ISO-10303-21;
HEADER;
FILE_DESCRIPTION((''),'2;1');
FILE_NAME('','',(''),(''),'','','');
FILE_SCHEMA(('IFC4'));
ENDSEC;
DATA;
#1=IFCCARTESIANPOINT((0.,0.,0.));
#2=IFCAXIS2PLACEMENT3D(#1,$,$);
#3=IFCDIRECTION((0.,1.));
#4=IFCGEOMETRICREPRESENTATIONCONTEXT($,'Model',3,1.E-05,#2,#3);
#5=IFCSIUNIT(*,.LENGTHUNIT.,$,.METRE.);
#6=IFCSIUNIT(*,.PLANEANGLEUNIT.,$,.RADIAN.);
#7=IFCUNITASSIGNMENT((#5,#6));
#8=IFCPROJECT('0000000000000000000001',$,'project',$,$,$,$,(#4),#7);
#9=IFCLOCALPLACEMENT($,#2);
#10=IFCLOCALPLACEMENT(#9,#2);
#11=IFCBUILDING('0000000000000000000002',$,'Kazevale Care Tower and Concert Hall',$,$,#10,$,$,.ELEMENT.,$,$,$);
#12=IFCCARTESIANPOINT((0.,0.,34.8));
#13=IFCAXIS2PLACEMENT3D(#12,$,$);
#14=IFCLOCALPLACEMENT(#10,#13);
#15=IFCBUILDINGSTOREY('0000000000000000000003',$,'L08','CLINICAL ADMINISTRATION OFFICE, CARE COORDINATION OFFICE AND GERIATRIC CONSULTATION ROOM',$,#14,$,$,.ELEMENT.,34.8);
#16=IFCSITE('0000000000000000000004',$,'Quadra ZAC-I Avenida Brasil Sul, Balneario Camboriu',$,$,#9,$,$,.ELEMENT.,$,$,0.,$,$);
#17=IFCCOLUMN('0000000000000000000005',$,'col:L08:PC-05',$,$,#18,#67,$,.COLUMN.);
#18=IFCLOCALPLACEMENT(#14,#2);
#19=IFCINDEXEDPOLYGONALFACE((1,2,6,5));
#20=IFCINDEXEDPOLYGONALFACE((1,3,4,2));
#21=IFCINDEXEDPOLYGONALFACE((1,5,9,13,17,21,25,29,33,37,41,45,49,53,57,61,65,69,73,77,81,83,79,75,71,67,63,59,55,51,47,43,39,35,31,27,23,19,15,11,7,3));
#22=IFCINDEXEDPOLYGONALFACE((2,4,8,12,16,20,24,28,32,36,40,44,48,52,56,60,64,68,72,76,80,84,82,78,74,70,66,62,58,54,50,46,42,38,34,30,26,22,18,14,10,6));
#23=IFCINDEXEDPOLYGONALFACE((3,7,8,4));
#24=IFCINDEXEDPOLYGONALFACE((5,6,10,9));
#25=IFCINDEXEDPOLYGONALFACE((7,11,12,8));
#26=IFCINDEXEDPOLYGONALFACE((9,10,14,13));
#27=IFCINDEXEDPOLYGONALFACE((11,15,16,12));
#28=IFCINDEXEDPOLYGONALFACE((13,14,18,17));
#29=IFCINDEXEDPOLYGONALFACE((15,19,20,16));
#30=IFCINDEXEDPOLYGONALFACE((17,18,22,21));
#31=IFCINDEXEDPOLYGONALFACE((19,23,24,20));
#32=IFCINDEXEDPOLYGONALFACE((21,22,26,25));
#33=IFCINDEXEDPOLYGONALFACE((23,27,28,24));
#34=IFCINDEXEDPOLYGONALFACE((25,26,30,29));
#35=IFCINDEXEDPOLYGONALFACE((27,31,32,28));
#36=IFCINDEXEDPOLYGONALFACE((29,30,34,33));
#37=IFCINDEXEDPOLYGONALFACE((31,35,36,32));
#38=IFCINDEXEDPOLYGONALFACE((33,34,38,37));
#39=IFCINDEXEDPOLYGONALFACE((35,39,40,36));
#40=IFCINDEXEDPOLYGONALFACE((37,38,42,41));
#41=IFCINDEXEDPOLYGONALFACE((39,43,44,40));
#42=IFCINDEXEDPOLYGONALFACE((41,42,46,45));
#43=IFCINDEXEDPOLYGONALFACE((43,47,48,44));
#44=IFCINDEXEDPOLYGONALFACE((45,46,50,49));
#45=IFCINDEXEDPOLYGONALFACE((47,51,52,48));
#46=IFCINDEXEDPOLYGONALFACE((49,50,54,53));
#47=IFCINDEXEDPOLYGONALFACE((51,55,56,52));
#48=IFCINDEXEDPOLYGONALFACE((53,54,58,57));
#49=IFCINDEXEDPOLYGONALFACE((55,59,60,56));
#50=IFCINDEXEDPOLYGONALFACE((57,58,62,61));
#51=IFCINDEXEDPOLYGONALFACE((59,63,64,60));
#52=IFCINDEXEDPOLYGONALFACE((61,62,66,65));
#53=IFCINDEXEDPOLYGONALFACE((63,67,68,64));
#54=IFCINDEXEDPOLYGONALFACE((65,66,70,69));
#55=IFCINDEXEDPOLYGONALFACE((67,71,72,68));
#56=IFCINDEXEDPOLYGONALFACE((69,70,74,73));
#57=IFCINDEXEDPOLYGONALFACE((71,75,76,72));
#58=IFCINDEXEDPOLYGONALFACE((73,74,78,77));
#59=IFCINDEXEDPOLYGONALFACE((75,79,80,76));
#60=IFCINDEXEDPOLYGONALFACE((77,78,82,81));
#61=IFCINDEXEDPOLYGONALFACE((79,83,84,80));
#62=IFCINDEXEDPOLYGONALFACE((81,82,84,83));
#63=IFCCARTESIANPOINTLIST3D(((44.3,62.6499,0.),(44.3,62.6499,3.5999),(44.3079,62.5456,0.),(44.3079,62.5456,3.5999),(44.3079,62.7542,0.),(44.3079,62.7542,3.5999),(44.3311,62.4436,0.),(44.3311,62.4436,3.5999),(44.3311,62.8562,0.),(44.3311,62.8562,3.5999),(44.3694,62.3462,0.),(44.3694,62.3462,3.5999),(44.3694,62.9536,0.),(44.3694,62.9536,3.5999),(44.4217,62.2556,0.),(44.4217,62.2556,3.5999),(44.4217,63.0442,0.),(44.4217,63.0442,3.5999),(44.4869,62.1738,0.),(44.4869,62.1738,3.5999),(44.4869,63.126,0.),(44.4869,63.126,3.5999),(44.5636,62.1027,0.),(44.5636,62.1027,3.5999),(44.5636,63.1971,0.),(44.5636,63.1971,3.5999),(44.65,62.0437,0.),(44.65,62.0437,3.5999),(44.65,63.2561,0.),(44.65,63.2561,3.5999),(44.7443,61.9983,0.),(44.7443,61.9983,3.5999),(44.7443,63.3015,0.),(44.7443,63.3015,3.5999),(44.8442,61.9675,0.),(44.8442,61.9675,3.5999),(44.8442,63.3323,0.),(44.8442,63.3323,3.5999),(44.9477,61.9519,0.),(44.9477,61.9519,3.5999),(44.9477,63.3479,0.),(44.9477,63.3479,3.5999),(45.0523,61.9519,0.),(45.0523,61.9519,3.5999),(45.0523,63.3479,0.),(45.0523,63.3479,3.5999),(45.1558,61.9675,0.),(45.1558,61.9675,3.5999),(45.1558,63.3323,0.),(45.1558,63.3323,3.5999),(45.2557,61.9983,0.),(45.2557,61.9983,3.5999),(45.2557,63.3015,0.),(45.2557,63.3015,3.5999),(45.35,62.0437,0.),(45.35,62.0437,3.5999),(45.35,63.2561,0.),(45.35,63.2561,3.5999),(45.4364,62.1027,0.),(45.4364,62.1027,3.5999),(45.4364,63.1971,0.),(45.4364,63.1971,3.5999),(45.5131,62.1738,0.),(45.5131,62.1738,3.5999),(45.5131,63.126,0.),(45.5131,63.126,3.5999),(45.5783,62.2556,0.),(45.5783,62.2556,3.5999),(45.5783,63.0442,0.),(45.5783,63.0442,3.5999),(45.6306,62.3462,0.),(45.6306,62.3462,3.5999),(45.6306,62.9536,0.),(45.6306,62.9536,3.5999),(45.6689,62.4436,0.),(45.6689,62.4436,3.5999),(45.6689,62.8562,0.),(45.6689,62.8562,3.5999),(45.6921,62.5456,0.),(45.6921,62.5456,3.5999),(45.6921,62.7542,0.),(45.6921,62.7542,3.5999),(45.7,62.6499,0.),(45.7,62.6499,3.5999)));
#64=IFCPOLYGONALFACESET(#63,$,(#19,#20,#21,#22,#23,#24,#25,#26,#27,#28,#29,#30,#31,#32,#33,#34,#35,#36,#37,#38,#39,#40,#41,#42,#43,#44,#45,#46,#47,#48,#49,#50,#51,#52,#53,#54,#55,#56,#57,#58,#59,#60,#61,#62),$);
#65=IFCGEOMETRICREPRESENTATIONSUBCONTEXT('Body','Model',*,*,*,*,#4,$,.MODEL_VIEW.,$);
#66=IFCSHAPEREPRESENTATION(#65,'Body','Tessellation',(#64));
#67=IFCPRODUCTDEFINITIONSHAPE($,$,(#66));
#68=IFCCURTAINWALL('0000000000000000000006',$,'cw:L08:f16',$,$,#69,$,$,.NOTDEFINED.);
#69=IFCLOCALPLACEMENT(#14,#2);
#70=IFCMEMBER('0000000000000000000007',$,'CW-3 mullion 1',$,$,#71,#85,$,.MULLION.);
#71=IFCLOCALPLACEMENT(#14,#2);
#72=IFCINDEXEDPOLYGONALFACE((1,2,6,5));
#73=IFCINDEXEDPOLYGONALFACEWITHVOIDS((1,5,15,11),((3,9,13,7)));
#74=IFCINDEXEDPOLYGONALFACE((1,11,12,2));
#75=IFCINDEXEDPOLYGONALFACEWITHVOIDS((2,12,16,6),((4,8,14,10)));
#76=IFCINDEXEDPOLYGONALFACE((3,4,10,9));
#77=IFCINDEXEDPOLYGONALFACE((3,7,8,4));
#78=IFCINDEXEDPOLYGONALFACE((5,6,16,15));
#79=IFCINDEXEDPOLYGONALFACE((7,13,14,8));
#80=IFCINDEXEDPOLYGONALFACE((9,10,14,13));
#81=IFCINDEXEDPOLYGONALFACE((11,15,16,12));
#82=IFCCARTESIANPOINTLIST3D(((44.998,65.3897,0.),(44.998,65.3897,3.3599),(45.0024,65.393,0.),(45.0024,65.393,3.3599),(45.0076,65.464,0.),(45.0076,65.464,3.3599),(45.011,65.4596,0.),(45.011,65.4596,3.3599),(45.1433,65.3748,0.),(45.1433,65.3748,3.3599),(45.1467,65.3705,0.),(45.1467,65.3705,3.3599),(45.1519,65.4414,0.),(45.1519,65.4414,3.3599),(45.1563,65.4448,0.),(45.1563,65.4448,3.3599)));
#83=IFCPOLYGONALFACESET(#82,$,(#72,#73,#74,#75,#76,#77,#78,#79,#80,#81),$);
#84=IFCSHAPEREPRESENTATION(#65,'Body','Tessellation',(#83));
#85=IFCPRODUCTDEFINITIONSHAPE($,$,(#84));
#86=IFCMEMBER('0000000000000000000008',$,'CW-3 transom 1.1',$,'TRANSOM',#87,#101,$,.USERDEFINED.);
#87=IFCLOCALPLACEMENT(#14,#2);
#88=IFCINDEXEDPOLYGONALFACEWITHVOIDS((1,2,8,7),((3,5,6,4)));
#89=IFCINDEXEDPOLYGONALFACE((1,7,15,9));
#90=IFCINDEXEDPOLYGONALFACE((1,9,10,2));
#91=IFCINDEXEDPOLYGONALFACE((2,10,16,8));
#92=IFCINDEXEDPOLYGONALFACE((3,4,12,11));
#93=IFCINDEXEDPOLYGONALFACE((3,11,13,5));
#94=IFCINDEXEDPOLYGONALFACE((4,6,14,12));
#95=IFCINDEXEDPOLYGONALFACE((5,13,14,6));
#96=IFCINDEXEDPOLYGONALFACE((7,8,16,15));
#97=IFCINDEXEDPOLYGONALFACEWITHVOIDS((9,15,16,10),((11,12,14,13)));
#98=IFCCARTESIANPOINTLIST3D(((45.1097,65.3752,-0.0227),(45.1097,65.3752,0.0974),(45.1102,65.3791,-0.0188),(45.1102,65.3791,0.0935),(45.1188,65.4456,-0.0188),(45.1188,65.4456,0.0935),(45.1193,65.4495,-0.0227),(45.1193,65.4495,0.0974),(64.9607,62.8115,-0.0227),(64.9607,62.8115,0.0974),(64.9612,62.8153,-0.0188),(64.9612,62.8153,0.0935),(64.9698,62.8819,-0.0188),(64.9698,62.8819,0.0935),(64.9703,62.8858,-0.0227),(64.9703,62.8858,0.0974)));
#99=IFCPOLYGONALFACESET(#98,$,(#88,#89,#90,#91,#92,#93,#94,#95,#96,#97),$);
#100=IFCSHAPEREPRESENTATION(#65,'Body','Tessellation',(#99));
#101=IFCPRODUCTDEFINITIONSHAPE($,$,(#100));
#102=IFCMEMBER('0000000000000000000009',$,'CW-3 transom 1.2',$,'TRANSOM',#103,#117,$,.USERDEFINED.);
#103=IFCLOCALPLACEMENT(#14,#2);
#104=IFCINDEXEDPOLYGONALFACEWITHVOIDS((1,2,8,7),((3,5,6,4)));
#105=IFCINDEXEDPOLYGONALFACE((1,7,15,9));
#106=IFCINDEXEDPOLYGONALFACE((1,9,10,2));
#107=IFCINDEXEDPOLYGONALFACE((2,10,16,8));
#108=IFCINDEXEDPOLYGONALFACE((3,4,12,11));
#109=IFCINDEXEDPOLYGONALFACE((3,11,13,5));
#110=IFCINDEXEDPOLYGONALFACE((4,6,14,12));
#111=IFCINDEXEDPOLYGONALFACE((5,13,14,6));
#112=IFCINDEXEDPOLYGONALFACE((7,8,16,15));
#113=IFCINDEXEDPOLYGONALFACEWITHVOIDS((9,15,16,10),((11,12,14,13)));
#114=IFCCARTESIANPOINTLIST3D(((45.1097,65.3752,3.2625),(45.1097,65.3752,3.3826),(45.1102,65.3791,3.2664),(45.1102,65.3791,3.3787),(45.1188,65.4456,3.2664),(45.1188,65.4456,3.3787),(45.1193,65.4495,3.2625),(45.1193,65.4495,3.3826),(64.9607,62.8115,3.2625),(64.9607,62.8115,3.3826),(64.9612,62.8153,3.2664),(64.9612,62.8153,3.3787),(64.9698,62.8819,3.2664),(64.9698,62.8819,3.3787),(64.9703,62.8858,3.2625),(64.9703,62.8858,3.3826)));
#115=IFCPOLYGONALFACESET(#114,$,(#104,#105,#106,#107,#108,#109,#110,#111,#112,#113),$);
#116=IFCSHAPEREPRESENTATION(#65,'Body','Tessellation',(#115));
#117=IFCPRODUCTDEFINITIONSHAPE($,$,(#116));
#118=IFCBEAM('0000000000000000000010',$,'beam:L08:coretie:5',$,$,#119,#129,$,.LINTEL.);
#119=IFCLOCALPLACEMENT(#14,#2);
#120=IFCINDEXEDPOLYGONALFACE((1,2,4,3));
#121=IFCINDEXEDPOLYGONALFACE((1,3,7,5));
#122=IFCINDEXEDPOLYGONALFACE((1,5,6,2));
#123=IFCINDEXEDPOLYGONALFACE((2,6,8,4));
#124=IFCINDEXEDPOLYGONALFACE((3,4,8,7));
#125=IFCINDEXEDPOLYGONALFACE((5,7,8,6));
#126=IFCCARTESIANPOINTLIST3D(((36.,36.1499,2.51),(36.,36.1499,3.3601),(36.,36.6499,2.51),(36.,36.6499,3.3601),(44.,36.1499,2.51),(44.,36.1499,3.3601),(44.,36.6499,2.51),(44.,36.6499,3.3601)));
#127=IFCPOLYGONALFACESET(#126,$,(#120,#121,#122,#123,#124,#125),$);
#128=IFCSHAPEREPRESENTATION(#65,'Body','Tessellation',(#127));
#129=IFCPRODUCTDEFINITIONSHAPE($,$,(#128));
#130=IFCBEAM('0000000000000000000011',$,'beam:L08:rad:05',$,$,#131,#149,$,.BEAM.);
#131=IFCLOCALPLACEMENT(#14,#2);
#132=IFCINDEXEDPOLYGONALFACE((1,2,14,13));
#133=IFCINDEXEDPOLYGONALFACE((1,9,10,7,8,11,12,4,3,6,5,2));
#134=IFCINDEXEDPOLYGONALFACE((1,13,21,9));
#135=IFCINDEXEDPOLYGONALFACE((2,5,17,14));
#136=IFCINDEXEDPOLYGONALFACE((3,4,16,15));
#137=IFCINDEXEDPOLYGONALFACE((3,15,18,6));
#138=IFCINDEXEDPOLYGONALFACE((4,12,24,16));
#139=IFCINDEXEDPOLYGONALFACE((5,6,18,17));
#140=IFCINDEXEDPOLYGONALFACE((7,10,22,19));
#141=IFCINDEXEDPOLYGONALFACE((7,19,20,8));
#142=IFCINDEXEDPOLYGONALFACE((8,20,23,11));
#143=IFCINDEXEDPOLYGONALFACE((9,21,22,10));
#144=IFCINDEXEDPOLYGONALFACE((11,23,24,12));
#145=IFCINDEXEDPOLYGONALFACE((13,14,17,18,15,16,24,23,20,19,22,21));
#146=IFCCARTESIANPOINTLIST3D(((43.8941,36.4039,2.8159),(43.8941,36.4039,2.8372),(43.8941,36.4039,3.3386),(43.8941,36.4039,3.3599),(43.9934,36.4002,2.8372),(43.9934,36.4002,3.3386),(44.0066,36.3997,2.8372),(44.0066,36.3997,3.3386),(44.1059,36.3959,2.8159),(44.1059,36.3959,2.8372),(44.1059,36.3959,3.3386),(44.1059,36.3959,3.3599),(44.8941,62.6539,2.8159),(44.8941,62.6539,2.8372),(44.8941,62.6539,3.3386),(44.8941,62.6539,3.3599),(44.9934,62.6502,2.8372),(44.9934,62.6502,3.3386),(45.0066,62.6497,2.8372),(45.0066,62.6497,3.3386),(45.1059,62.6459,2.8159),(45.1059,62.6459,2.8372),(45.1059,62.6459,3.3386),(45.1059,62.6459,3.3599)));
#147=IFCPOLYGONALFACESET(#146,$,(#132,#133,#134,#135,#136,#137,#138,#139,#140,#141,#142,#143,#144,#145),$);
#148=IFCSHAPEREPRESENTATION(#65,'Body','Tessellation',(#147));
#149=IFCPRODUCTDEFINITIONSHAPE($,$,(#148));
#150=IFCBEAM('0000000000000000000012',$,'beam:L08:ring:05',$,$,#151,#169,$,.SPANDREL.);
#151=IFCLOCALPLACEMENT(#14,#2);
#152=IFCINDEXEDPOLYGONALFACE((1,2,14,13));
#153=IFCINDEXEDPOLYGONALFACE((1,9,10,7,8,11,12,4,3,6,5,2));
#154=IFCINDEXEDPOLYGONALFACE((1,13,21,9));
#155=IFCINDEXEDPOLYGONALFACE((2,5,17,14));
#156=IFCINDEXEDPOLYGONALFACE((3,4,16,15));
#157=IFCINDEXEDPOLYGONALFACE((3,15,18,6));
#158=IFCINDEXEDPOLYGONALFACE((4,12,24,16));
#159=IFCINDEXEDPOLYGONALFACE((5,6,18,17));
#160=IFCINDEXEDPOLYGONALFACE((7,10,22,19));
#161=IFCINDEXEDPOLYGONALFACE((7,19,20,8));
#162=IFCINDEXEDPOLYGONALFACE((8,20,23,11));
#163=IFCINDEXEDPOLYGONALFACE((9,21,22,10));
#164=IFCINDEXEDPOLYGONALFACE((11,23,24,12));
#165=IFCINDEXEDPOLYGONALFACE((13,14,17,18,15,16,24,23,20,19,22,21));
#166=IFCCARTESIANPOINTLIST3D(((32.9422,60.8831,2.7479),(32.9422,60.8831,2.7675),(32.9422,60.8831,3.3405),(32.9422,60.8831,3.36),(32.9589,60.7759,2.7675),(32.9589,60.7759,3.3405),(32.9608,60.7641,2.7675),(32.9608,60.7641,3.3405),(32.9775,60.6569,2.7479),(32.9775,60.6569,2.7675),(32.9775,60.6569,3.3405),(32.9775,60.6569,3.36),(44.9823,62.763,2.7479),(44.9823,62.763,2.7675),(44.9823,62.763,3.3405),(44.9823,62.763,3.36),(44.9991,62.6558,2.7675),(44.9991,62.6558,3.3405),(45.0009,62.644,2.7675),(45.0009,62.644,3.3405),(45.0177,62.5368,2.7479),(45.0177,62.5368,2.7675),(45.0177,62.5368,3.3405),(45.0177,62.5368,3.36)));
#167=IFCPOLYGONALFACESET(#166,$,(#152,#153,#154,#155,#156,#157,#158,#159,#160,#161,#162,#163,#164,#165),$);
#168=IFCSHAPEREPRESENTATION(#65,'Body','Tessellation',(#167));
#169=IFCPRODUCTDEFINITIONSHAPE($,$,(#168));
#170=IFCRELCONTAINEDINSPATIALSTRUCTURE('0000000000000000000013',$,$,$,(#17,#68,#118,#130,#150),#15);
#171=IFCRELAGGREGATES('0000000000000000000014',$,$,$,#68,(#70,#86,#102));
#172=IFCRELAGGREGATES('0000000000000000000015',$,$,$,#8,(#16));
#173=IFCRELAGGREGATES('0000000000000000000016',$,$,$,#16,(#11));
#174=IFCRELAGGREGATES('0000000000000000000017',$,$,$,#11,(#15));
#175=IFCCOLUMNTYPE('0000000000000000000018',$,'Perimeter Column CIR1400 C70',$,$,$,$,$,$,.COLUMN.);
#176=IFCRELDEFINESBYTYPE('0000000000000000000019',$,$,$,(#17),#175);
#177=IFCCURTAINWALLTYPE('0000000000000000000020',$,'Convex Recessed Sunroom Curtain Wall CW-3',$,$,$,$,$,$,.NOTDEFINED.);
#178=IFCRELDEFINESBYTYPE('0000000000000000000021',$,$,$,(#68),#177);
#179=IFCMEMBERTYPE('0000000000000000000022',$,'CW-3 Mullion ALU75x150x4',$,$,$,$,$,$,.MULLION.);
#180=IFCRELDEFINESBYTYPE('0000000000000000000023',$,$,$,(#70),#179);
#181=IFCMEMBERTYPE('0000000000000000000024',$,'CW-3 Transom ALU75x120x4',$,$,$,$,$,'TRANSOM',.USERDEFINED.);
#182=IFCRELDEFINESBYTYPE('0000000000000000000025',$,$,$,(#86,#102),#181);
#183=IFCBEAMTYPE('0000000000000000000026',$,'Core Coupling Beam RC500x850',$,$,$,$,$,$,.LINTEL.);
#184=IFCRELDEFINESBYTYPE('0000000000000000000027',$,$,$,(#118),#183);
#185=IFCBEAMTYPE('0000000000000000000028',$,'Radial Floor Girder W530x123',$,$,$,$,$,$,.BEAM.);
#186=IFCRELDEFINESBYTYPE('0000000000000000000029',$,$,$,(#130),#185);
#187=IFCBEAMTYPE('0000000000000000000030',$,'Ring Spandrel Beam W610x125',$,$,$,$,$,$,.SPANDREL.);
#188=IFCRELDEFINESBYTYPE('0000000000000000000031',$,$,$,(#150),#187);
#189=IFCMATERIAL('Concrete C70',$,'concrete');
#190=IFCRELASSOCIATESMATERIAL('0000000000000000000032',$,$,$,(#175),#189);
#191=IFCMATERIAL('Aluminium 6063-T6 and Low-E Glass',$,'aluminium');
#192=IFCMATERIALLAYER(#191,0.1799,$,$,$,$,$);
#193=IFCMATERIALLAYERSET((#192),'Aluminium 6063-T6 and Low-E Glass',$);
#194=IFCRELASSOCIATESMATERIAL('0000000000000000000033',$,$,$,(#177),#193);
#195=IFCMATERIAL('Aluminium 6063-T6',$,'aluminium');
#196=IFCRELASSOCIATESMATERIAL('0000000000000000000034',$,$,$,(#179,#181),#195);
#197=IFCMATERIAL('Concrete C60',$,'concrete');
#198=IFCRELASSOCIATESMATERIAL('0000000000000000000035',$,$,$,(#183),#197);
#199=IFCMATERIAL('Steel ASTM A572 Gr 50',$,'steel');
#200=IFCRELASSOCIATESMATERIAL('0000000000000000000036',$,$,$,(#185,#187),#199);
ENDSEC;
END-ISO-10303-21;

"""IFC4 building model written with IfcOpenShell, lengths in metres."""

from ifc_helpers import new_model, si_unit, direction, frame, origin, origin_2d, place, context, subcontext, project, spatial, rectangle, hollow_rectangle, circle, i_section, extrude, material, layer, layer_set, material_profile, profile_set, type_object, element, aggregate, save


model = new_model("IFC4")

# Units and contexts
model_context = context("Model", 3, precision=1e-05, world=origin(), true_north=direction((0.0, 1.0)))
body_context = subcontext(model_context, "Body", "Model", "MODEL_VIEW")
ifc_project = project(units=[si_unit("LENGTHUNIT", "METRE"), si_unit("PLANEANGLEUNIT", "RADIAN")], contexts=[model_context])

# Site, building, storey
site_placement = place(None, origin())
site = spatial("IfcSite", under=ifc_project, at=site_placement, Name="Quadra ZAC-I Avenida Brasil Sul, Balneario Camboriu", CompositionType="ELEMENT", RefElevation=0.0)
building_placement = place(site_placement, origin())
building = spatial("IfcBuilding", under=site, at=building_placement, Name="Kazevale Care Tower and Concert Hall", CompositionType="ELEMENT")
storey_placement = place(building_placement, frame((0.0, 0.0, 34.8)))
storey = spatial("IfcBuildingStorey", under=building, at=storey_placement, Name="L08", Description="CLINICAL ADMINISTRATION OFFICE, CARE COORDINATION OFFICE AND GERIATRIC CONSULTATION ROOM", CompositionType="ELEMENT", Elevation=34.8)

# Column
ifc_material_1 = material(Name="Concrete C70", Category="concrete")
ifc_material_profile_1 = material_profile(ifc_material_1, circle(Radius=0.7, at=origin_2d()), Name="RC-CIR1400")
ifc_profile_set_1 = profile_set([ifc_material_profile_1], Name="Concrete C70")
column_type = type_object("IfcColumnType", Name="Perimeter Column CIR1400 C70", PredefinedType="COLUMN", material=ifc_profile_set_1)
column_placement = place(storey_placement, frame((45.0, 62.6499, 0.0), z_axis=(0.0, 0.0, 1.0), x_axis=(1.0, 0.0, 0.0)))
element("IfcColumn", 1, at=column_placement, inside=storey, type_object=column_type, Name="col:L08:PC-05", PredefinedType="COLUMN", context=body_context, shape_type="SweptSolid", body=[
    extrude(circle(Radius=0.7, at=origin_2d()), origin(), (0.0, 0.0, 1.0), 3.5999),
])

# Curtain wall, members
ifc_material_2 = material(Name="Aluminium 6063-T6 and Low-E Glass", Category="aluminium")
ifc_layer_1 = layer(ifc_material_2, 0.1799)
ifc_layer_set_1 = layer_set([ifc_layer_1], Name="Aluminium 6063-T6 and Low-E Glass")
curtain_wall_type = type_object("IfcCurtainWallType", Name="Convex Recessed Sunroom Curtain Wall CW-3", PredefinedType="NOTDEFINED", material=ifc_layer_set_1)
curtain_wall_placement = place(storey_placement, origin())
curtain_wall = element("IfcCurtainWall", 2, at=curtain_wall_placement, inside=storey, type_object=curtain_wall_type, Name="cw:L08:f16", PredefinedType="NOTDEFINED")
ifc_material_3 = material(Name="Aluminium 6063-T6", Category="aluminium")
ifc_material_profile_2 = material_profile(ifc_material_3, hollow_rectangle(XDim=0.075, YDim=0.1499, WallThickness=0.0039, at=origin_2d()), Name="ALU75x150x4")
ifc_profile_set_2 = profile_set([ifc_material_profile_2], Name="Aluminium 6063-T6")
member_type_1 = type_object("IfcMemberType", Name="CW-3 Mullion ALU75x150x4", PredefinedType="MULLION", material=ifc_profile_set_2)
member_1_placement = place(storey_placement, frame((45.0771, 65.4172, 0.0), z_axis=(0.0, 0.0, 1.0), x_axis=(0.128086, 0.991763, 0.0)))
member_1 = element("IfcMember", 3, at=member_1_placement, type_object=member_type_1, Name="CW-3 mullion 1", PredefinedType="MULLION", context=body_context, shape_type="SweptSolid", body=[
    extrude(hollow_rectangle(XDim=0.075, YDim=0.1499, WallThickness=0.0039, at=origin_2d()), origin(), (0.0, 0.0, 1.0), 3.3599),
])
ifc_material_profile_3 = material_profile(ifc_material_3, hollow_rectangle(XDim=0.075, YDim=0.1201, WallThickness=0.0039, at=origin_2d()), Name="ALU75x120x4")
ifc_profile_set_3 = profile_set([ifc_material_profile_3], Name="Aluminium 6063-T6")
member_type_2 = type_object("IfcMemberType", Name="CW-3 Transom ALU75x120x4", ElementType="TRANSOM", PredefinedType="USERDEFINED", material=ifc_profile_set_3)
member_2_placement = place(storey_placement, frame((45.1145, 65.4124, 0.0374), z_axis=(0.991763, -0.128084, 0.0), x_axis=(0.128084, 0.991763, 0.0)))
member_2 = element("IfcMember", 4, at=member_2_placement, type_object=member_type_2, Name="CW-3 transom 1.1", ObjectType="TRANSOM", PredefinedType="USERDEFINED", context=body_context, shape_type="SweptSolid", body=[
    extrude(hollow_rectangle(XDim=0.075, YDim=0.1201, WallThickness=0.0039, at=origin_2d()), origin(), (0.0, 0.0, 1.0), 20.0159),
])
member_3_placement = place(storey_placement, frame((45.1145, 65.4124, 3.3225), z_axis=(0.991763, -0.128084, 0.0), x_axis=(0.128084, 0.991763, 0.0)))
member_3 = element("IfcMember", 5, at=member_3_placement, type_object=member_type_2, Name="CW-3 transom 1.2", ObjectType="TRANSOM", PredefinedType="USERDEFINED", context=body_context, shape_type="SweptSolid", body=[
    extrude(hollow_rectangle(XDim=0.075, YDim=0.1201, WallThickness=0.0039, at=origin_2d()), origin(), (0.0, 0.0, 1.0), 20.0159),
])
aggregate(curtain_wall, [member_1, member_2, member_3])

# Beams
ifc_material_4 = material(Name="Concrete C60", Category="concrete")
ifc_material_profile_4 = material_profile(ifc_material_4, rectangle(XDim=0.5, YDim=0.8501, at=origin_2d()), Name="RC-B500x850")
ifc_profile_set_4 = profile_set([ifc_material_profile_4], Name="Concrete C60")
beam_type_1 = type_object("IfcBeamType", Name="Core Coupling Beam RC500x850", PredefinedType="LINTEL", material=ifc_profile_set_4)
beam_1_placement = place(storey_placement, frame((44.0, 36.3999, 2.9351), z_axis=(-1.0, 0.0, 0.0), x_axis=(0.0, -1.0, 0.0)))
element("IfcBeam", 6, at=beam_1_placement, inside=storey, type_object=beam_type_1, Name="beam:L08:coretie:5", PredefinedType="LINTEL", context=body_context, shape_type="SweptSolid", body=[
    extrude(rectangle(XDim=0.5, YDim=0.8501, at=origin_2d()), origin(), (0.0, 0.0, 1.0), 8.0),
])
ifc_material_5 = material(Name="Steel ASTM A572 Gr 50", Category="steel")
ifc_material_profile_5 = material_profile(ifc_material_5, i_section(OverallWidth=0.2119, OverallDepth=0.5439, WebThickness=0.0132, FlangeThickness=0.0212, at=origin_2d()), Name="W530x123")
ifc_profile_set_5 = profile_set([ifc_material_profile_5], Name="Steel ASTM A572 Gr 50")
beam_type_2 = type_object("IfcBeamType", Name="Radial Floor Girder W530x123", PredefinedType="BEAM", material=ifc_profile_set_5)
beam_2_placement = place(storey_placement, frame((44.0, 36.3999, 3.0879), z_axis=(0.038068, 0.999275, 0.0), x_axis=(-0.999275, 0.038068, 0.0)))
element("IfcBeam", 7, at=beam_2_placement, inside=storey, type_object=beam_type_2, Name="beam:L08:rad:05", PredefinedType="BEAM", context=body_context, shape_type="SweptSolid", body=[
    extrude(i_section(OverallWidth=0.2119, OverallDepth=0.5439, WebThickness=0.0132, FlangeThickness=0.0212, at=origin_2d()), origin(), (0.0, 0.0, 1.0), 26.269),
])
ifc_material_profile_6 = material_profile(ifc_material_5, i_section(OverallWidth=0.229, OverallDepth=0.6121, WebThickness=0.012, FlangeThickness=0.0195, at=origin_2d()), Name="W610x125")
ifc_profile_set_6 = profile_set([ifc_material_profile_6], Name="Steel ASTM A572 Gr 50")
beam_type_3 = type_object("IfcBeamType", Name="Ring Spandrel Beam W610x125", PredefinedType="SPANDREL", material=ifc_profile_set_6)
beam_3_placement = place(storey_placement, frame((45.0, 62.6499, 3.054), z_axis=(-0.988029, -0.154267, 0.0), x_axis=(0.154267, -0.988029, 0.0)))
element("IfcBeam", 8, at=beam_3_placement, inside=storey, type_object=beam_type_3, Name="beam:L08:ring:05", PredefinedType="SPANDREL", context=body_context, shape_type="SweptSolid", body=[
    extrude(i_section(OverallWidth=0.229, OverallDepth=0.6121, WebThickness=0.012, FlangeThickness=0.0195, at=origin_2d()), origin(), (0.0, 0.0, 1.0), 12.186),
])

save(model, "model.ifc")
